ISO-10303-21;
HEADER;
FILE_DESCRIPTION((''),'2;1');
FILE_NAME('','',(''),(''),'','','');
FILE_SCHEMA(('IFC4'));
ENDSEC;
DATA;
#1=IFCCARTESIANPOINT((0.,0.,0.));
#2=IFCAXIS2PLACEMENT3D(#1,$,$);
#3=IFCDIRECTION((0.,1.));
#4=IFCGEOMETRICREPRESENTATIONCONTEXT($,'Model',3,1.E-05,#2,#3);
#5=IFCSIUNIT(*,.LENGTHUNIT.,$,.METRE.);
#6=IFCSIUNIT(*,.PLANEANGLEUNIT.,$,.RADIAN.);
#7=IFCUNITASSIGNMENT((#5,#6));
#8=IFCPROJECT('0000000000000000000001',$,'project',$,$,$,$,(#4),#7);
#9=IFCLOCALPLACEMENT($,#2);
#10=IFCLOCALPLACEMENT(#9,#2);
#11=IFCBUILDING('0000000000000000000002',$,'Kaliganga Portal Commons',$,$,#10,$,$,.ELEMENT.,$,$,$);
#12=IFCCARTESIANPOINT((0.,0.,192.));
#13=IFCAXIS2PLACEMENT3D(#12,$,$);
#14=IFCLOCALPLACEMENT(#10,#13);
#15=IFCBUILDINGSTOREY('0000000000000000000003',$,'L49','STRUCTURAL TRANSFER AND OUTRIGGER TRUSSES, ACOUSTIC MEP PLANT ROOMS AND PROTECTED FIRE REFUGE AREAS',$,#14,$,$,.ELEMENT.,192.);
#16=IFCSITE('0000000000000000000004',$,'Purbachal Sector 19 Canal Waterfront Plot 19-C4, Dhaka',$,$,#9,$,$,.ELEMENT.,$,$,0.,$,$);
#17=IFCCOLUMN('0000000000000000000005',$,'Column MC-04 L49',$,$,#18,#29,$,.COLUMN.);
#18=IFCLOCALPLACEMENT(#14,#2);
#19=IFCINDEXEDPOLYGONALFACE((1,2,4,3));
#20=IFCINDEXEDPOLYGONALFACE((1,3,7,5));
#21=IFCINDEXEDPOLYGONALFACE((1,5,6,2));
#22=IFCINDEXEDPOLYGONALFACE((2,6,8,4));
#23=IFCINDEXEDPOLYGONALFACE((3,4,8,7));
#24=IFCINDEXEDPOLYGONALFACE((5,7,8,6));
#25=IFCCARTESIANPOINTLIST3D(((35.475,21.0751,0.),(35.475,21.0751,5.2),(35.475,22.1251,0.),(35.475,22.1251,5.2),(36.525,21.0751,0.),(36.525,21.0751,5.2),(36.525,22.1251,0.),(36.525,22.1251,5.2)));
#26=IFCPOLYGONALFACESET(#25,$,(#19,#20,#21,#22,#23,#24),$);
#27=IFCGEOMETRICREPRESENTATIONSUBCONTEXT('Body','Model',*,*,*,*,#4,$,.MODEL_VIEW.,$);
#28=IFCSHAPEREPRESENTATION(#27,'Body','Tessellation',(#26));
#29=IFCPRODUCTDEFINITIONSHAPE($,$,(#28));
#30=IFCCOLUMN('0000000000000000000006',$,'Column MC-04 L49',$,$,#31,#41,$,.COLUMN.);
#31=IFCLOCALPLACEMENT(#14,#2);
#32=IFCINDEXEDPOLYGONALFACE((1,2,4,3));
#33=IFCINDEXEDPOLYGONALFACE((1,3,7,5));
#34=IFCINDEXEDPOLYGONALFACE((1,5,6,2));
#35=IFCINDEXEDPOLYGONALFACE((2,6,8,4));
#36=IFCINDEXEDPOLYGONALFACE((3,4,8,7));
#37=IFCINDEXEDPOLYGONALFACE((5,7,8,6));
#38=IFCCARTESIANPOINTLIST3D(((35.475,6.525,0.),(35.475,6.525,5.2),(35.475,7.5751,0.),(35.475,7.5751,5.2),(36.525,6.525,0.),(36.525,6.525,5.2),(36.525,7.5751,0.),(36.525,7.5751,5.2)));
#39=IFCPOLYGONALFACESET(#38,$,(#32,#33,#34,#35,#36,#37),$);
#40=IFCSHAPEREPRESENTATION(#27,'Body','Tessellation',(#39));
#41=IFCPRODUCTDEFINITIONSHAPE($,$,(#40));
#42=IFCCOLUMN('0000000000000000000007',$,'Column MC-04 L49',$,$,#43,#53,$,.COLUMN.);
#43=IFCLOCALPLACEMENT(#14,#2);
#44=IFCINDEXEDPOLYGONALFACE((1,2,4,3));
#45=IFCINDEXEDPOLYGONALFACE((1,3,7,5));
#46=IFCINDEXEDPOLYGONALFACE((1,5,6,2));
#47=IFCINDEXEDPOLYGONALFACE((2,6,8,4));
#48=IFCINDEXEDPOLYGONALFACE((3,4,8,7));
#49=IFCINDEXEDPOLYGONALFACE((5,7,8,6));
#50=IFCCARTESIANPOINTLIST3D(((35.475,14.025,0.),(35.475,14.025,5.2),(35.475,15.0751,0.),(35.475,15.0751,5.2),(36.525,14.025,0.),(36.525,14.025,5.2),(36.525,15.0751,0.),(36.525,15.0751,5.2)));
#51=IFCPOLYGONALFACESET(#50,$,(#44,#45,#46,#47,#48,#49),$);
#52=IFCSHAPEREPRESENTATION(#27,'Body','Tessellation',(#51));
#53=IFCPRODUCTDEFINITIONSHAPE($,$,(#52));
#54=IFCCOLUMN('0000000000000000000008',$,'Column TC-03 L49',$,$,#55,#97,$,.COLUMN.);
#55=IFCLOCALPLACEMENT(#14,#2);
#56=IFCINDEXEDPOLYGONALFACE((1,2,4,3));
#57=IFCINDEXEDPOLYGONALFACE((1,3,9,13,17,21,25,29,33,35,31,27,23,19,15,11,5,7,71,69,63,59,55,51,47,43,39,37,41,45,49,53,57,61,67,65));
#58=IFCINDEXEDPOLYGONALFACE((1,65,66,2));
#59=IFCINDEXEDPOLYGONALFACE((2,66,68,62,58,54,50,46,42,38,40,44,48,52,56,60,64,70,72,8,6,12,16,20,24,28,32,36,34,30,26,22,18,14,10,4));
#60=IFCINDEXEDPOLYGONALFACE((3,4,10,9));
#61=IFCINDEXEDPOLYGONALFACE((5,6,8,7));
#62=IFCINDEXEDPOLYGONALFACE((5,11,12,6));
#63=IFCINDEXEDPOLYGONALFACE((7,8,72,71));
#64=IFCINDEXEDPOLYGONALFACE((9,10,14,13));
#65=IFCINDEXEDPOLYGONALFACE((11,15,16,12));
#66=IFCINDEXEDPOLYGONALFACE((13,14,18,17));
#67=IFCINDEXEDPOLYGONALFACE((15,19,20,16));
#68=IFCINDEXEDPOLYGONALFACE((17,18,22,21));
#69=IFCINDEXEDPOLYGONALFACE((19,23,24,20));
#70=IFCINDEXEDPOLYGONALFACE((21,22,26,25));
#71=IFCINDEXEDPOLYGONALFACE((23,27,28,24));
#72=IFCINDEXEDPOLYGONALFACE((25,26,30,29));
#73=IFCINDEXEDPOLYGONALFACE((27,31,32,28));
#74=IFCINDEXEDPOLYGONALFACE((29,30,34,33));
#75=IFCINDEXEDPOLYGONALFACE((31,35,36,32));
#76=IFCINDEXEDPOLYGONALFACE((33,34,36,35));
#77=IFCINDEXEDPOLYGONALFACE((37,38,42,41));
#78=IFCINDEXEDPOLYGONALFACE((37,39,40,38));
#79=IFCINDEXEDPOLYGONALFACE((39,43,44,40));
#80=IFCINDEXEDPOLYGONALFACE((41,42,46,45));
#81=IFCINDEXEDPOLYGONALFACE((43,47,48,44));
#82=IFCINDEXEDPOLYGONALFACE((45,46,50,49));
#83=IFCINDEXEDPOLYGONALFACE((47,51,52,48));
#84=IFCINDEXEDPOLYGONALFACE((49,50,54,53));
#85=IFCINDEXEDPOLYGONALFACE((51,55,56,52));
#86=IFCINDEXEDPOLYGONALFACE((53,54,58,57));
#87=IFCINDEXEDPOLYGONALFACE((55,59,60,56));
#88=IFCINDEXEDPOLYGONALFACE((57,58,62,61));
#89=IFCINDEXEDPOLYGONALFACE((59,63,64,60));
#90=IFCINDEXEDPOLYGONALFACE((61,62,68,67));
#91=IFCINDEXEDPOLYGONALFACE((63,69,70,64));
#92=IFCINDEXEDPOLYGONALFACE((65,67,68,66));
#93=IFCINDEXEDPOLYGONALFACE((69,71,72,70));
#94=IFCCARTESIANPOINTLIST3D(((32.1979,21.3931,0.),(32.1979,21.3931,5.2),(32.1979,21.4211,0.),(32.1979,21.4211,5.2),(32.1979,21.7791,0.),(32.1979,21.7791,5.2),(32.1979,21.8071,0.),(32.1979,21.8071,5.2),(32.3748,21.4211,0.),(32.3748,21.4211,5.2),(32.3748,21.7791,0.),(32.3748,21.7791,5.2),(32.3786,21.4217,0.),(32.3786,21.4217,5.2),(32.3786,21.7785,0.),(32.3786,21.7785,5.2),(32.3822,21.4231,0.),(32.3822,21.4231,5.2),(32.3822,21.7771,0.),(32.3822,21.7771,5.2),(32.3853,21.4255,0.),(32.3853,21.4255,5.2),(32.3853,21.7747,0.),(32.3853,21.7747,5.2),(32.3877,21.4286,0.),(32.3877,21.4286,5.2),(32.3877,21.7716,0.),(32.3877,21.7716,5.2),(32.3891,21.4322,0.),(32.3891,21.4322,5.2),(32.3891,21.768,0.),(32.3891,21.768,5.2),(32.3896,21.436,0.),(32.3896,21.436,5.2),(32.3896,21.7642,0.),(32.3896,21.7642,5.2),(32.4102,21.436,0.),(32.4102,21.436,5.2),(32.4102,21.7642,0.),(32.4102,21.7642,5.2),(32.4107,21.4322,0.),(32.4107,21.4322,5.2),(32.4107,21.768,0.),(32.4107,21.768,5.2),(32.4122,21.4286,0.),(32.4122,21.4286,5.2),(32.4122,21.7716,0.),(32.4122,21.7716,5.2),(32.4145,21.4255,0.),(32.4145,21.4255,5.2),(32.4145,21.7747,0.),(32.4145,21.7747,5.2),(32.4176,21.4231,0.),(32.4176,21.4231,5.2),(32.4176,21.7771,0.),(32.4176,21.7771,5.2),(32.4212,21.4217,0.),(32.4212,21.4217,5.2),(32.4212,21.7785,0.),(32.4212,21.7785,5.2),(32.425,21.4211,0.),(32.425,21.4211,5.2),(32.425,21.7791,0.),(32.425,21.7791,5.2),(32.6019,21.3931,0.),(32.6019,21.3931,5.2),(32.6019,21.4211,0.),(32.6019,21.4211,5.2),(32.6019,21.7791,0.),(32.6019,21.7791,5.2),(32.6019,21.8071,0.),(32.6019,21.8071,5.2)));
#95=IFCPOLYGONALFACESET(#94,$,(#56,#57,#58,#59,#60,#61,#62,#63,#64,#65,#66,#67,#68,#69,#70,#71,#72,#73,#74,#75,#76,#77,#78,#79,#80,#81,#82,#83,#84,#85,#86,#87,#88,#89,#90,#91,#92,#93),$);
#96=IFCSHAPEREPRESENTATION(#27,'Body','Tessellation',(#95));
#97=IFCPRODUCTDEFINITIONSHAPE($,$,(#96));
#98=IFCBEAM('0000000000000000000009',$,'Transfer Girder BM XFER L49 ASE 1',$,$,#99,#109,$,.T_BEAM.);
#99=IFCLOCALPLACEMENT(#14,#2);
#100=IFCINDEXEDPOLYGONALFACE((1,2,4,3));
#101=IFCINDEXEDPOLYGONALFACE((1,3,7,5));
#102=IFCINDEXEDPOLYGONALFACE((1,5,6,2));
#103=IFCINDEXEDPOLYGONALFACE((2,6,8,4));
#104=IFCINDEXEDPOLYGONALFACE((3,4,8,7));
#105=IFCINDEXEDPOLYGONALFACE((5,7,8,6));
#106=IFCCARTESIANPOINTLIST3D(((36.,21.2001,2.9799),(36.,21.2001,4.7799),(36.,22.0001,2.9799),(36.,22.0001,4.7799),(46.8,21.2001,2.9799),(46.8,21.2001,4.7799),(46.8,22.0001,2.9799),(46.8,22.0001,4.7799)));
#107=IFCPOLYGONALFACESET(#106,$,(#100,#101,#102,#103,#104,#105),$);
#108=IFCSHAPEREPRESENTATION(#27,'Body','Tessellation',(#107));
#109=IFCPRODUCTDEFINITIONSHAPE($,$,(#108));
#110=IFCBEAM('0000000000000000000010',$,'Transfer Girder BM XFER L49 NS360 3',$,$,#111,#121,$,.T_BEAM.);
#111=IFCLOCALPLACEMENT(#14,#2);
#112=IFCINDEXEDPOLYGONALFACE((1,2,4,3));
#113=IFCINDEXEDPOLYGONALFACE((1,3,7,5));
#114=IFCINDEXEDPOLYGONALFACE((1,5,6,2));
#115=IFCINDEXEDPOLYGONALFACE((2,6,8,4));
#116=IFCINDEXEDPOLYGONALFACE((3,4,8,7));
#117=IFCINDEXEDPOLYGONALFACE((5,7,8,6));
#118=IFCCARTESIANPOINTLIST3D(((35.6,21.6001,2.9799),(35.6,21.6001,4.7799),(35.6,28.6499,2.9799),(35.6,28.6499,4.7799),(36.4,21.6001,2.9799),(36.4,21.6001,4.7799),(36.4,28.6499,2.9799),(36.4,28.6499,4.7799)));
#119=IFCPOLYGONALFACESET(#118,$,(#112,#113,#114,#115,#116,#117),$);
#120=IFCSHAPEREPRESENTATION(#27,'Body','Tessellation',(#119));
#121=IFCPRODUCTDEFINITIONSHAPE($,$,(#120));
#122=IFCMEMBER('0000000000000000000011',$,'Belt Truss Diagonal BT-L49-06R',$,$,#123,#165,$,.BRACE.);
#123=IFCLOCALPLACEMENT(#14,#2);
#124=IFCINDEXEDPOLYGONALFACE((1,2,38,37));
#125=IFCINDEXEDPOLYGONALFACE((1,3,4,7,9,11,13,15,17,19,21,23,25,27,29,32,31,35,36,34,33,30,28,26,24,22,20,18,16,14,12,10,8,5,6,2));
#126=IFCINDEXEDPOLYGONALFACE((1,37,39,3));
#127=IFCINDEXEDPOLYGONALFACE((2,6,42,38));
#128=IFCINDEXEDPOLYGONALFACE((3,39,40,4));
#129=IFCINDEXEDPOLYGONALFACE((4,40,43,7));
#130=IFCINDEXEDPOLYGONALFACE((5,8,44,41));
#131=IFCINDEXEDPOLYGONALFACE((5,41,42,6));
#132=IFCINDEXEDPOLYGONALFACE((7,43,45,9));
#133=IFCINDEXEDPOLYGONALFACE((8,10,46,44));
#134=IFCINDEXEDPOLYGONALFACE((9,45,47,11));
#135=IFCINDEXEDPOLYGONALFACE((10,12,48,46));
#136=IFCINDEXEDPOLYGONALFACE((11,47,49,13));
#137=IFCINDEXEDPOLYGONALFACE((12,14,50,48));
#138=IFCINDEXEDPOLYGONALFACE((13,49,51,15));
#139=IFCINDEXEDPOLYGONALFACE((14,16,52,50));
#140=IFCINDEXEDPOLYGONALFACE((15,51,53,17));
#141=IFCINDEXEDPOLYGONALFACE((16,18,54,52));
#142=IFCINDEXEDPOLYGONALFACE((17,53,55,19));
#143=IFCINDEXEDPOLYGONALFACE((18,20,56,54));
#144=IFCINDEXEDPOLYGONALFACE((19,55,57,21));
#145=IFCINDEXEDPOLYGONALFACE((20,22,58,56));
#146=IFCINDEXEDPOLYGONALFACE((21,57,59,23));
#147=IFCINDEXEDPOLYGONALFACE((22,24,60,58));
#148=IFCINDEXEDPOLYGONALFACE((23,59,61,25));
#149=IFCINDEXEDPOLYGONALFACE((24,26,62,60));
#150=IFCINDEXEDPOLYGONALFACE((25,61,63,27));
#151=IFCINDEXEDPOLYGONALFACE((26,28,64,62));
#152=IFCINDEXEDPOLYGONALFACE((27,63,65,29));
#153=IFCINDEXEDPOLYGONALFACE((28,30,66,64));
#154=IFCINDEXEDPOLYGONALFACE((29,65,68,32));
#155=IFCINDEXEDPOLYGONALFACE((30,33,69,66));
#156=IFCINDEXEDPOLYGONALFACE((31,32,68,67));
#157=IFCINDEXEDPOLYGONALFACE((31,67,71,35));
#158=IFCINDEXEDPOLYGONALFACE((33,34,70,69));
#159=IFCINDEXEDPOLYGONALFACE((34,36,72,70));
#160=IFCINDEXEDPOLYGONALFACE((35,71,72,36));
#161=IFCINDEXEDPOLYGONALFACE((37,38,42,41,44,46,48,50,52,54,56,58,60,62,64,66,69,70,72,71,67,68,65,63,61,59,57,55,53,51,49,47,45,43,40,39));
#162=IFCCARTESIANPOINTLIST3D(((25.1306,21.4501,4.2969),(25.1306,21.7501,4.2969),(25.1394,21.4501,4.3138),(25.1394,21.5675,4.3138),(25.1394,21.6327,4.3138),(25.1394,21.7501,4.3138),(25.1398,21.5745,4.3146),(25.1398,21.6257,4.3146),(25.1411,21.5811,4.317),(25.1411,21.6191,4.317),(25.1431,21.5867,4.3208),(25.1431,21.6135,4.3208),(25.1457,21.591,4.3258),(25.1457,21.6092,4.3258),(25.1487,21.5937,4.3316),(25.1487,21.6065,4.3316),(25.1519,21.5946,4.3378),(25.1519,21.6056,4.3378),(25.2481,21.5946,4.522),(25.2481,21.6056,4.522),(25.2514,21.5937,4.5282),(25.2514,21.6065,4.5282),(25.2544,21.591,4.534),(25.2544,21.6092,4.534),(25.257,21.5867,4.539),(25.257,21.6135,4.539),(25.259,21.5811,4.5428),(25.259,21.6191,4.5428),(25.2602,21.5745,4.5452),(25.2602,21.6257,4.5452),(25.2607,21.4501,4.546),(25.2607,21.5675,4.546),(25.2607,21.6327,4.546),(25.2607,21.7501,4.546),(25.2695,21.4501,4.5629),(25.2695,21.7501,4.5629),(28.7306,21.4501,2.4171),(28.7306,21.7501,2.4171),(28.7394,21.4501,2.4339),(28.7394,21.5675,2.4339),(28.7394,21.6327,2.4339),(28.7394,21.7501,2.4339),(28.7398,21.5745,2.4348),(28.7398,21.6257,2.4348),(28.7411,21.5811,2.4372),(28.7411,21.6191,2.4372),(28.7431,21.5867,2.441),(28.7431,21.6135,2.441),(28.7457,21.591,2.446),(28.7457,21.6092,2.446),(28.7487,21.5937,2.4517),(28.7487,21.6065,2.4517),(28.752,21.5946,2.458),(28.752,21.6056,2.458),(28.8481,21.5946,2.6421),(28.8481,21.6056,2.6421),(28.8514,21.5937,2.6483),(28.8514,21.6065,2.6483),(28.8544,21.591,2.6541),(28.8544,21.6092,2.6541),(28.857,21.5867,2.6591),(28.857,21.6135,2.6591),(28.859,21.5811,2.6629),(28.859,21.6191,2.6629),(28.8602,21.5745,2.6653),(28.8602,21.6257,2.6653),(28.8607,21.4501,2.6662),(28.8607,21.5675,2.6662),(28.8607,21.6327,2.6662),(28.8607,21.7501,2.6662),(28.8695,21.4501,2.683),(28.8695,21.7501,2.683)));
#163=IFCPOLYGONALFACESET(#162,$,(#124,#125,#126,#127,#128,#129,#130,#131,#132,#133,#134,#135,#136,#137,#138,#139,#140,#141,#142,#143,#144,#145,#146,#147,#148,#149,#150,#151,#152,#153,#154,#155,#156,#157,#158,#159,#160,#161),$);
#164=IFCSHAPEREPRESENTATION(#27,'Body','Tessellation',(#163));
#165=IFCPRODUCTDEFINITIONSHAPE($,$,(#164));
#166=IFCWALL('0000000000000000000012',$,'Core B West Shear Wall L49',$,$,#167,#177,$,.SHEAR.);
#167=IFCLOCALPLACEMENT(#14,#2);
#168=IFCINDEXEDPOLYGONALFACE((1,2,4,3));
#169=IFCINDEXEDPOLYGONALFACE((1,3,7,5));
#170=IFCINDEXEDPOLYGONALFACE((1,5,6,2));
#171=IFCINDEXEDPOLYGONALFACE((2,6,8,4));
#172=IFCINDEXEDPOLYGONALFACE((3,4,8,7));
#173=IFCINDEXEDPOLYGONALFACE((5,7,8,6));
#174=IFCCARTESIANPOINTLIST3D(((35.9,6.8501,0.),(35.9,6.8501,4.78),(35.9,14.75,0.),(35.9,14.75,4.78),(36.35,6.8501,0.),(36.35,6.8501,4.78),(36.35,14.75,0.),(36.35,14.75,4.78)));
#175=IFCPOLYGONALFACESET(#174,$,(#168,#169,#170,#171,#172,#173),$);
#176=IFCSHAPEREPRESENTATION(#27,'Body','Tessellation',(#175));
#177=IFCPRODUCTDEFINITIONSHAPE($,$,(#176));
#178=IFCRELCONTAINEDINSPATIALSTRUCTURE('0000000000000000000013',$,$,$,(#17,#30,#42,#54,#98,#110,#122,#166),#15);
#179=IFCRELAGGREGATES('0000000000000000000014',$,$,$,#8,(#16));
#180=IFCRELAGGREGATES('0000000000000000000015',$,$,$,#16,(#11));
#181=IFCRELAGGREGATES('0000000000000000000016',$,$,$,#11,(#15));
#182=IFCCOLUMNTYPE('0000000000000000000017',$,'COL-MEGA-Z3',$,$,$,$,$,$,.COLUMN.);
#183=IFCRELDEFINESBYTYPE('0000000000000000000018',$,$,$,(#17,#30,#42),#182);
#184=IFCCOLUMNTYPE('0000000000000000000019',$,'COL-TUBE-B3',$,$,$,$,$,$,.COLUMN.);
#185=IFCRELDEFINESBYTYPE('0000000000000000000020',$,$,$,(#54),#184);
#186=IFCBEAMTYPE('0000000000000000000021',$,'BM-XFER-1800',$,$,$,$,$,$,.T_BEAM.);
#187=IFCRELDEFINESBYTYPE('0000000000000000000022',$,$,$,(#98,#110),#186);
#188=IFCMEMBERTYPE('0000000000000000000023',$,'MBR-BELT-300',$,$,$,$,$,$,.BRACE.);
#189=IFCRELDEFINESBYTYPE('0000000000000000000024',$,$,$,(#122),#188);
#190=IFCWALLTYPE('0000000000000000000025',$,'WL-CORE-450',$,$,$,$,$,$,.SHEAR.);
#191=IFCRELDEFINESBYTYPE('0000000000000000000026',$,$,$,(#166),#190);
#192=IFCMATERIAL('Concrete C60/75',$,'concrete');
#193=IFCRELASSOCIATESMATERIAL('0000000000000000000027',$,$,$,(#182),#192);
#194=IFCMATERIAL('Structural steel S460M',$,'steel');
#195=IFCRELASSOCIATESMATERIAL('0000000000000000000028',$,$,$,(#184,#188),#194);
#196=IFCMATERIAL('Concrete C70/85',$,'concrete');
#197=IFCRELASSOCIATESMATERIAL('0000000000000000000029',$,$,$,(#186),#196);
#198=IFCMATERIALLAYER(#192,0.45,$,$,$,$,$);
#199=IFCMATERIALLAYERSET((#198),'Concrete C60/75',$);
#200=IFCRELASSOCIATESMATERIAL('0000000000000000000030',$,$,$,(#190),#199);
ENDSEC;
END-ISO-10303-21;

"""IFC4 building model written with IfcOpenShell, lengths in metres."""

from ifc_helpers import new_model, si_unit, direction, frame, frame_2d, origin, origin_2d, place, context, subcontext, project, spatial, rectangle, i_section, extrude, source, transform, mapped, material, layer, layer_set, material_profile, profile_set, type_object, element, save


model = new_model("IFC4")

# Units and contexts
model_context = context("Model", 3, precision=1e-05, world=origin(), true_north=direction((0.0, 1.0)))
body_context = subcontext(model_context, "Body", "Model", "MODEL_VIEW")
ifc_project = project(units=[si_unit("LENGTHUNIT", "METRE"), si_unit("PLANEANGLEUNIT", "RADIAN")], contexts=[model_context])

# Site, building, storey
site_placement = place(None, origin())
site = spatial("IfcSite", under=ifc_project, at=site_placement, Name="Purbachal Sector 19 Canal Waterfront Plot 19-C4, Dhaka", CompositionType="ELEMENT", RefElevation=0.0)
building_placement = place(site_placement, origin())
building = spatial("IfcBuilding", under=site, at=building_placement, Name="Kaliganga Portal Commons", CompositionType="ELEMENT")
storey_placement = place(building_placement, frame((0.0, 0.0, 192.0)))
storey = spatial("IfcBuildingStorey", under=building, at=storey_placement, Name="L49", Description="STRUCTURAL TRANSFER AND OUTRIGGER TRUSSES, ACOUSTIC MEP PLANT ROOMS AND PROTECTED FIRE REFUGE AREAS", CompositionType="ELEMENT", Elevation=192.0)

# Columns
ifc_material_1 = material(Name="Concrete C60/75", Category="concrete")
ifc_material_profile_1 = material_profile(ifc_material_1, rectangle(XDim=1.05, YDim=1.05, at=origin_2d()), Name="RC 1050x1050")
ifc_profile_set_1 = profile_set([ifc_material_profile_1], Name="Concrete C60/75")
column_type_1 = type_object("IfcColumnType", Name="COL-MEGA-Z3", PredefinedType="COLUMN", material=ifc_profile_set_1)
shared_shape_1 = source(origin(), body_context, "Body", "SweptSolid", [
    extrude(rectangle(XDim=1.05, YDim=1.05, at=origin_2d()), origin(), (0.0, 0.0, 1.0), 5.2),
])
for number, where, z_axis, x_axis, name in (
    (1, (36.0, 21.6001, 0.0), (0.0, 0.0, 1.0), (1.0, 0.0, 0.0), "Column MC-04 L49"),
    (2, (36.0, 7.05, 0.0), (0.0, 0.0, 1.0), (1.0, 0.0, 0.0), "Column MC-04 L49"),
    (3, (36.0, 14.55, 0.0), (0.0, 0.0, 1.0), (1.0, 0.0, 0.0), "Column MC-04 L49"),
):
    element("IfcColumn", number, at=place(storey_placement, frame(where, z_axis=z_axis, x_axis=x_axis)), inside=storey, type_object=column_type_1, Name=name, PredefinedType="COLUMN", context=body_context, shape_type="MappedRepresentation", body=[
        mapped(shared_shape_1, transform((0.0, 0.0, 0.0), x_axis=(1.0, 0.0, 0.0), y_axis=(0.0, 1.0, 0.0), z_axis=(0.0, 0.0, 1.0), scale=1.0)),
    ])
ifc_material_2 = material(Name="Structural steel S460M", Category="steel")
ifc_material_profile_2 = material_profile(ifc_material_2, i_section(OverallWidth=0.4041, OverallDepth=0.4141, WebThickness=0.0205, FlangeThickness=0.0281, FilletRadius=0.0149, at=origin_2d()), Name="HD 400x347")
ifc_profile_set_2 = profile_set([ifc_material_profile_2], Name="Structural steel S460M wide-flange")
column_type_2 = type_object("IfcColumnType", Name="COL-TUBE-B3", PredefinedType="COLUMN", material=ifc_profile_set_2)
shared_shape_2 = source(origin(), body_context, "Body", "SweptSolid", [
    extrude(i_section(OverallWidth=0.4041, OverallDepth=0.4141, WebThickness=0.0205, FlangeThickness=0.0281, FilletRadius=0.0149, at=origin_2d()), origin(), (0.0, 0.0, 1.0), 5.2),
])
column_placement = place(storey_placement, frame((32.3999, 21.6001, 0.0), z_axis=(0.0, 0.0, 1.0), x_axis=(1.0, 0.0, 0.0)))
element("IfcColumn", 4, at=column_placement, inside=storey, type_object=column_type_2, Name="Column TC-03 L49", PredefinedType="COLUMN", context=body_context, shape_type="MappedRepresentation", body=[
    mapped(shared_shape_2, transform((0.0, 0.0, 0.0), x_axis=(1.0, 0.0, 0.0), y_axis=(0.0, 1.0, 0.0), z_axis=(0.0, 0.0, 1.0), scale=1.0)),
])

# Beams
ifc_material_3 = material(Name="Concrete C70/85", Category="concrete")
ifc_material_profile_3 = material_profile(ifc_material_3, rectangle(XDim=0.8, YDim=1.8, at=origin_2d()), Name="RC 800x1800")
ifc_profile_set_3 = profile_set([ifc_material_profile_3], Name="Concrete C70/85")
beam_type = type_object("IfcBeamType", Name="BM-XFER-1800", PredefinedType="T_BEAM", material=ifc_profile_set_3)
shared_shape_3 = source(origin(), body_context, "Body", "SweptSolid", [
    extrude(rectangle(XDim=0.8, YDim=1.8, at=origin_2d()), origin(), (0.0, 0.0, 1.0), 10.8),
])
beam_1_placement = place(storey_placement, frame((36.0, 21.6001, 3.8799), z_axis=(1.0, 0.0, 0.0), x_axis=(0.0, 1.0, 0.0)))
element("IfcBeam", 5, at=beam_1_placement, inside=storey, type_object=beam_type, Name="Transfer Girder BM XFER L49 ASE 1", PredefinedType="T_BEAM", context=body_context, shape_type="MappedRepresentation", body=[
    mapped(shared_shape_3, transform((0.0, 0.0, 0.0), x_axis=(1.0, 0.0, 0.0), y_axis=(0.0, 1.0, 0.0), z_axis=(0.0, 0.0, 1.0), scale=1.0)),
])
shared_shape_4 = source(origin(), body_context, "Body", "SweptSolid", [
    extrude(rectangle(XDim=0.8, YDim=1.8, at=origin_2d()), origin(), (0.0, 0.0, 1.0), 7.0498),
])
beam_2_placement = place(storey_placement, frame((36.0, 21.6001, 3.8799), z_axis=(0.0, 1.0, 0.0), x_axis=(-1.0, 0.0, 0.0)))
element("IfcBeam", 6, at=beam_2_placement, inside=storey, type_object=beam_type, Name="Transfer Girder BM XFER L49 NS360 3", PredefinedType="T_BEAM", context=body_context, shape_type="MappedRepresentation", body=[
    mapped(shared_shape_4, transform((0.0, 0.0, 0.0), x_axis=(1.0, 0.0, 0.0), y_axis=(0.0, 1.0, 0.0), z_axis=(0.0, 0.0, 1.0), scale=1.0)),
])

# Member
ifc_material_profile_4 = material_profile(ifc_material_2, i_section(OverallWidth=0.3, OverallDepth=0.3, WebThickness=0.011, FlangeThickness=0.019, FilletRadius=0.0271, at=origin_2d()), Name="HE 300 B")
ifc_profile_set_4 = profile_set([ifc_material_profile_4], Name="Structural steel S460M wide-flange")
member_type = type_object("IfcMemberType", Name="MBR-BELT-300", PredefinedType="BRACE", material=ifc_profile_set_4)
shared_shape_5 = source(origin(), body_context, "Body", "SweptSolid", [
    extrude(i_section(OverallWidth=0.3, OverallDepth=0.3, WebThickness=0.011, FlangeThickness=0.019, FilletRadius=0.0271, at=origin_2d()), origin(), (0.0, 0.0, 1.0), 4.0613),
])
member_placement = place(storey_placement, frame((28.8, 21.6001, 2.55), z_axis=(-0.886426, 0.0, 0.46287), x_axis=(0.0, -1.0, 0.0)))
element("IfcMember", 7, at=member_placement, inside=storey, type_object=member_type, Name="Belt Truss Diagonal BT-L49-06R", PredefinedType="BRACE", context=body_context, shape_type="MappedRepresentation", body=[
    mapped(shared_shape_5, transform((0.0, 0.0, 0.0), x_axis=(1.0, 0.0, 0.0), y_axis=(0.0, 1.0, 0.0), z_axis=(0.0, 0.0, 1.0), scale=1.0)),
])

# Wall
ifc_layer_1 = layer(ifc_material_1, 0.45)
ifc_layer_set_1 = layer_set([ifc_layer_1], Name="Concrete C60/75")
wall_type_1 = type_object("IfcWallType", Name="WL-CORE-450", PredefinedType="SHEAR", material=ifc_layer_set_1)
wall_1_placement = place(storey_placement, frame((36.125, 6.8501, 0.0), z_axis=(0.0, 0.0, 1.0), x_axis=(0.0, 1.0, 0.0)))
element("IfcWall", 8, at=wall_1_placement, inside=storey, type_object=wall_type_1, Name="Core B West Shear Wall L49", PredefinedType="SHEAR", context=body_context, shape_type="SweptSolid", body=[
    extrude(rectangle(XDim=7.8999, YDim=0.45, at=frame_2d((3.95, 0.0))), origin(), (0.0, 0.0, 1.0), 4.78),
])

save(model, "model.ifc")
